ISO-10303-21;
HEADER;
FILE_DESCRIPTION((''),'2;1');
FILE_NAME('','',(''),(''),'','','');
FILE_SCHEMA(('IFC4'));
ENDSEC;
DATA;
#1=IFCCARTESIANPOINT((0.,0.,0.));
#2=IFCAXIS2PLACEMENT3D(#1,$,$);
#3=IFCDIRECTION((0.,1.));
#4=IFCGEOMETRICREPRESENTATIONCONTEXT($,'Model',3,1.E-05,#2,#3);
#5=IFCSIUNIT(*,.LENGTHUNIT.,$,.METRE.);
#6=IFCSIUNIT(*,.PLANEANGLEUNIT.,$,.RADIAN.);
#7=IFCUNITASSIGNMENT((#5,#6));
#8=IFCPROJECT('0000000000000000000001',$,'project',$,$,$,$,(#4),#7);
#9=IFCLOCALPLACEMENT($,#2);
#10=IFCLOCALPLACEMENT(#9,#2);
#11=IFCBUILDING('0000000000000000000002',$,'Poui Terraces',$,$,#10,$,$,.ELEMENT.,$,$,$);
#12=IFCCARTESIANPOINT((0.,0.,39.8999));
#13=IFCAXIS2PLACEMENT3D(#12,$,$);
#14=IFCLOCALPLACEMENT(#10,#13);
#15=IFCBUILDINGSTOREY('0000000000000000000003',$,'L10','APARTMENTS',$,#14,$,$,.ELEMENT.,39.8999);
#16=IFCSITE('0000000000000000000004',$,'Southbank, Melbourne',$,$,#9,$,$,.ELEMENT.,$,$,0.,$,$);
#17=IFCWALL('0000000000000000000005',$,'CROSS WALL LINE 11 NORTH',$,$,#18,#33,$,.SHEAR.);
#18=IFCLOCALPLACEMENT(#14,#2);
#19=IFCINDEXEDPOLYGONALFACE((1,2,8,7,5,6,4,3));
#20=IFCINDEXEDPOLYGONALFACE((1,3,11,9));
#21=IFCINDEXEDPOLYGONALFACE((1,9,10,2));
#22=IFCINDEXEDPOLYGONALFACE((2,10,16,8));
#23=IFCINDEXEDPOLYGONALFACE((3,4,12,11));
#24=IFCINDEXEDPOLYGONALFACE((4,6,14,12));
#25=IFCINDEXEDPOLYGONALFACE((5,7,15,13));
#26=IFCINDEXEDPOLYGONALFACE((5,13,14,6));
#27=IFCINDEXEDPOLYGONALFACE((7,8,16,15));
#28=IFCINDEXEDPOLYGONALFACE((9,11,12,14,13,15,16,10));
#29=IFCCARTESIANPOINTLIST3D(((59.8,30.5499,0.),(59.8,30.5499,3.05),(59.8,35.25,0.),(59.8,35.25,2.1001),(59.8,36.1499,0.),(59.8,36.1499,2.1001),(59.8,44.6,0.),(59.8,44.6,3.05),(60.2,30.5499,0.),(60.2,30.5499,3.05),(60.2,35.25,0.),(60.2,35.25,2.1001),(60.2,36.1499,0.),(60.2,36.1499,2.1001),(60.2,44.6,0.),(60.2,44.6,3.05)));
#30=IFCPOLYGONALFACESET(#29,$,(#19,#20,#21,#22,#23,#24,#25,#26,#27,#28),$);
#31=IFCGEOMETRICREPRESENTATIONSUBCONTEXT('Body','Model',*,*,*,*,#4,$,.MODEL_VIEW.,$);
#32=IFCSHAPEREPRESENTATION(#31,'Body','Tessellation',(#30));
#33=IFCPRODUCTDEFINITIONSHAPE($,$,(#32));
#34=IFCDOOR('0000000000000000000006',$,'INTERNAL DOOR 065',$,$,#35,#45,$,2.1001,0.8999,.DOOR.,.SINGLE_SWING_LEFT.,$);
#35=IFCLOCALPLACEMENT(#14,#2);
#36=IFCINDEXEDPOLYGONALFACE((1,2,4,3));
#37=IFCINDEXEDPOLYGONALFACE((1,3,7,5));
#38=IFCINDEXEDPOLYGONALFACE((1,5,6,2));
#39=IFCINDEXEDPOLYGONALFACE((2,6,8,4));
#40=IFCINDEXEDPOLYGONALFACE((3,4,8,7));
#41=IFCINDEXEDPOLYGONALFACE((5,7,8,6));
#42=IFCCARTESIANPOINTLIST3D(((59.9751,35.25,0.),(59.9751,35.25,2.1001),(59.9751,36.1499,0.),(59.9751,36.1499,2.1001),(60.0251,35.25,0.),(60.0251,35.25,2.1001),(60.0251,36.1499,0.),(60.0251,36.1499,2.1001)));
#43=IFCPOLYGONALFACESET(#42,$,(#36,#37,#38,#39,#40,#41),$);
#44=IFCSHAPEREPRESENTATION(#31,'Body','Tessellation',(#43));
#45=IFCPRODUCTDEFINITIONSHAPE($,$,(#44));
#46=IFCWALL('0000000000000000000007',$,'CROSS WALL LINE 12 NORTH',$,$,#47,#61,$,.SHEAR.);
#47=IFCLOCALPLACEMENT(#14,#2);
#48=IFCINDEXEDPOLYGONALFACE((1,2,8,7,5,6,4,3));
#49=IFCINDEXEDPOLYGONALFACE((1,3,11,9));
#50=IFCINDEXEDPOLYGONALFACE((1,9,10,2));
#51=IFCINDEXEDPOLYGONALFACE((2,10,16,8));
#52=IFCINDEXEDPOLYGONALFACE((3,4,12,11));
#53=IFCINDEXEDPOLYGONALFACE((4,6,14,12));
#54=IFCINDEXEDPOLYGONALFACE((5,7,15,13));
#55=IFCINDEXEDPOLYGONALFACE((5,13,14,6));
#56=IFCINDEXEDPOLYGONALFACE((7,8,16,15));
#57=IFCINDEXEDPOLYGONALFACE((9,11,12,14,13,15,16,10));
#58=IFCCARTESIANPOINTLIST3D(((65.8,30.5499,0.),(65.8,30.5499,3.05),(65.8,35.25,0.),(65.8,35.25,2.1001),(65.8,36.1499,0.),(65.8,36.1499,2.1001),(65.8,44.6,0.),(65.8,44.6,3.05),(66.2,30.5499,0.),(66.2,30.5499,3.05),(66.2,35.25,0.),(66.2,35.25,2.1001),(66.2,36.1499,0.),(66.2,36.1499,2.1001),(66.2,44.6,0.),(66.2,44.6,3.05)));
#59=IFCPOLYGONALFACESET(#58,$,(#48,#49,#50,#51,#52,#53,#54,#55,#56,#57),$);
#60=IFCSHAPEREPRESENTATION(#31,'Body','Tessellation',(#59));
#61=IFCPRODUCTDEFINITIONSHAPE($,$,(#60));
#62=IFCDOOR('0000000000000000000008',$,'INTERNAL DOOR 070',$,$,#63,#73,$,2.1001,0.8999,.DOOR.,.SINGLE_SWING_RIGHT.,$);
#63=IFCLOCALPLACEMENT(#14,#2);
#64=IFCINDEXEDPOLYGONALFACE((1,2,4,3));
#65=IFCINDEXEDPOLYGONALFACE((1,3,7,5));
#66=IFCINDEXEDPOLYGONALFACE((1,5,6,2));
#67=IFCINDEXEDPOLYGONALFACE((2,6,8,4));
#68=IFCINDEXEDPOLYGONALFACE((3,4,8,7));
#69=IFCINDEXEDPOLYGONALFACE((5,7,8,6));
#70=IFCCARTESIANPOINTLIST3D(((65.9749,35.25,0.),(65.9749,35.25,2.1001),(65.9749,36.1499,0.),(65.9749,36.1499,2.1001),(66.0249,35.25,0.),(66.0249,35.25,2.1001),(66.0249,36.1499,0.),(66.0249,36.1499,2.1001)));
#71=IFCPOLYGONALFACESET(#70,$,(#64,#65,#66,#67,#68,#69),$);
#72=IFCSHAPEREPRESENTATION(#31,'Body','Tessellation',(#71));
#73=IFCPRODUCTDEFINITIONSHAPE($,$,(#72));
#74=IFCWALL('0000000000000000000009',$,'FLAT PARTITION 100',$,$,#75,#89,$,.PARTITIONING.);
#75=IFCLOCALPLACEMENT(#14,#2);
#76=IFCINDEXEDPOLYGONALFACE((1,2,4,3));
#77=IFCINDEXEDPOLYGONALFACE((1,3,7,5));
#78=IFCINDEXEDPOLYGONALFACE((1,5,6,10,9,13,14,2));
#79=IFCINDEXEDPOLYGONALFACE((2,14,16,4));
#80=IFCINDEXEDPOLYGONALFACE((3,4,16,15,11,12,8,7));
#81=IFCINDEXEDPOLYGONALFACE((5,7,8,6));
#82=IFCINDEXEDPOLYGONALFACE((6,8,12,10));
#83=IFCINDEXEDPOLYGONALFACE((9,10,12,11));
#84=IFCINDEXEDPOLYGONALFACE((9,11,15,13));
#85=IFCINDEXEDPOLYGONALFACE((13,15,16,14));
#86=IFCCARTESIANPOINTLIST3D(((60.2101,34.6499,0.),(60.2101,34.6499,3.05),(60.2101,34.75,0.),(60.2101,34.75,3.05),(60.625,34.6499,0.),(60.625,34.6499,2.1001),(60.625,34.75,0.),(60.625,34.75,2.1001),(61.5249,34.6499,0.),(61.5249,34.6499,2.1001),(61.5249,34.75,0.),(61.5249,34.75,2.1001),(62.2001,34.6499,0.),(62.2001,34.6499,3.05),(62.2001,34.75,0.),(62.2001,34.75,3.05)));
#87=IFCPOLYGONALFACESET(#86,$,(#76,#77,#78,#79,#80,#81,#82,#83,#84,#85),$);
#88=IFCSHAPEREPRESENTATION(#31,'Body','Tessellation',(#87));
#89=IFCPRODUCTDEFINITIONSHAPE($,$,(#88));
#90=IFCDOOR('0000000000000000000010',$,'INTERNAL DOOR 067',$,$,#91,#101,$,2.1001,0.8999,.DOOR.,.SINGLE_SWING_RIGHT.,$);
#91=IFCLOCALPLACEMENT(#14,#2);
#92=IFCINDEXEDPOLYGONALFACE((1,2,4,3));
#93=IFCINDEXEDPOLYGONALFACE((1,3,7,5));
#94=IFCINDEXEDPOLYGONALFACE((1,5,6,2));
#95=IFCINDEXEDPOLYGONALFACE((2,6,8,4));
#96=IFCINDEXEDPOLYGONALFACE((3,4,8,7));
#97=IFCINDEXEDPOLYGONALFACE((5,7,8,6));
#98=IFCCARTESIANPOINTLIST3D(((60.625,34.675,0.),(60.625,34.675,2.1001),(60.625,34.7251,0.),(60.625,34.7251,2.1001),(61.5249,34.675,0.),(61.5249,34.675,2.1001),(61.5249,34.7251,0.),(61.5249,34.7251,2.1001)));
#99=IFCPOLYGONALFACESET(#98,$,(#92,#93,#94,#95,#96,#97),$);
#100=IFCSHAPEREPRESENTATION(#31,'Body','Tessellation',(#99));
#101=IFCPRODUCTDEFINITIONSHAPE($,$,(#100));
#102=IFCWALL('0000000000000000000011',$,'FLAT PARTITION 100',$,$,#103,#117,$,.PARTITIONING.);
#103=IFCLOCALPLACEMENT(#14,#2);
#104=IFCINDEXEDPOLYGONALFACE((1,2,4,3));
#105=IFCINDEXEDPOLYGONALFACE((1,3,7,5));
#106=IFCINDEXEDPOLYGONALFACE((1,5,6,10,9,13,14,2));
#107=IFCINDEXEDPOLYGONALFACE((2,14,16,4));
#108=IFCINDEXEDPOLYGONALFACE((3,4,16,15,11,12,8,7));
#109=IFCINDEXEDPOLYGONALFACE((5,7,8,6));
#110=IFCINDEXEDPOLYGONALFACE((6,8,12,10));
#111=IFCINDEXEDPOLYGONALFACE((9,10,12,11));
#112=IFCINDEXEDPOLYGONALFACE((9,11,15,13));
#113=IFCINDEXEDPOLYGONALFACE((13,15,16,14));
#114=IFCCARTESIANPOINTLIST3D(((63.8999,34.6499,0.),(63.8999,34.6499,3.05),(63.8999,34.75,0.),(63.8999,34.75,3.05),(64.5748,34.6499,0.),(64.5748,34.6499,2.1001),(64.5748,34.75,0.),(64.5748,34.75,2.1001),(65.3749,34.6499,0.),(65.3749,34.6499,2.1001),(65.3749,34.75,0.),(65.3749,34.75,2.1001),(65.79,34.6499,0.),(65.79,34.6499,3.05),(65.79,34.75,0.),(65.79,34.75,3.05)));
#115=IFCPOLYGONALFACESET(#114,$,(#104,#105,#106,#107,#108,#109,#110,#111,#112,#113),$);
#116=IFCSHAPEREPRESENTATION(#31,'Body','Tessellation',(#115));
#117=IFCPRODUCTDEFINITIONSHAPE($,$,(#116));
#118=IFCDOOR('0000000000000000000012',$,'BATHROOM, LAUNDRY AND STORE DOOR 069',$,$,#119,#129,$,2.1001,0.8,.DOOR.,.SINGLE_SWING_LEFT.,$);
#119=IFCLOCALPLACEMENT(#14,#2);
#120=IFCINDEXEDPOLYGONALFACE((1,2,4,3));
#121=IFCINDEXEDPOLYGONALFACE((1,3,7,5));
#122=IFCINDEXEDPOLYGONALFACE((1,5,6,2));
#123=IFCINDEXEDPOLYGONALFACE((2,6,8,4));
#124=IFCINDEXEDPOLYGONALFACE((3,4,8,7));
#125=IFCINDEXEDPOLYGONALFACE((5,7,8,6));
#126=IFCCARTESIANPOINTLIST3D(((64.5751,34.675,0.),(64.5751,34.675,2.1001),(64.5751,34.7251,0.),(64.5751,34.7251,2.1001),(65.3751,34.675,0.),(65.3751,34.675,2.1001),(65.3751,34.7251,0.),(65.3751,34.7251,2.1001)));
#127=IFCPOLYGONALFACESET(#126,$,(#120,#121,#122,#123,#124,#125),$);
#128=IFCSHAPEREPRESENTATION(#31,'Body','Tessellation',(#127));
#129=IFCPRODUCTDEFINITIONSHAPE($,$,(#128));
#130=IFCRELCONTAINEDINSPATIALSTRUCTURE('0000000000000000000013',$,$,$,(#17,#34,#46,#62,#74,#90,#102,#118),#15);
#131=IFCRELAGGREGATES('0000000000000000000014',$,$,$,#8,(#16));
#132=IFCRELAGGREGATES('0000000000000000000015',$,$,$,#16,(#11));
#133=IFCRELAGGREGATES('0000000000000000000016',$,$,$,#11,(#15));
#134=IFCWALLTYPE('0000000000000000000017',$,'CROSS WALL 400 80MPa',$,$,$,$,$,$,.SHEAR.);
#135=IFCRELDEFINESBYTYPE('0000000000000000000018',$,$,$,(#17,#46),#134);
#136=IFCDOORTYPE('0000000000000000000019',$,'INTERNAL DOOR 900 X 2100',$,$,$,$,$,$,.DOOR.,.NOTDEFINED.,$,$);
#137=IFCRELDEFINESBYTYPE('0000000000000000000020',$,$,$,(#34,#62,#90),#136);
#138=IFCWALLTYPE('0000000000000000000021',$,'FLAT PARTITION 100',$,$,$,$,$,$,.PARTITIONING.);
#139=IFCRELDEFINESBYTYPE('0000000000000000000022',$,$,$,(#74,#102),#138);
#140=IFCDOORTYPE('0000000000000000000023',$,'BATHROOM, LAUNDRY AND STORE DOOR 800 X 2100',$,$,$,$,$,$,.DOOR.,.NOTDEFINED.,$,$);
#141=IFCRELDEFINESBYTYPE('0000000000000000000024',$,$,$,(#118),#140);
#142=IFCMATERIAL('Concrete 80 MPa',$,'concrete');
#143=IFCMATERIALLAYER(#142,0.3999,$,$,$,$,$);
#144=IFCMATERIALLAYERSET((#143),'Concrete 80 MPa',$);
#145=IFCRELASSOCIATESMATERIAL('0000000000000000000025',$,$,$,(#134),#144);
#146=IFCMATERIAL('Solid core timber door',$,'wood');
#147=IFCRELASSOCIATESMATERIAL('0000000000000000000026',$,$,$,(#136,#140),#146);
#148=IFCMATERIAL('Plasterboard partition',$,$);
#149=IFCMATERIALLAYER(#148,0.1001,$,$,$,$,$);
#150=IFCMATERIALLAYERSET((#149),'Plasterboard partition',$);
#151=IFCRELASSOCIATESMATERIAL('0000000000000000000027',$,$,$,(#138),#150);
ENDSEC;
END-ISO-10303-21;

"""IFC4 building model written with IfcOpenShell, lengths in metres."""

from ifc_helpers import new_model, si_unit, direction, frame, frame_2d, origin, place, context, subcontext, project, spatial, rectangle, extrude, material, layer, layer_set, type_object, element, fill, save


model = new_model("IFC4")

# Units and contexts
model_context = context("Model", 3, precision=1e-05, world=origin(), true_north=direction((0.0, 1.0)))
body_context = subcontext(model_context, "Body", "Model", "MODEL_VIEW")
ifc_project = project(units=[si_unit("LENGTHUNIT", "METRE"), si_unit("PLANEANGLEUNIT", "RADIAN")], contexts=[model_context])

# Site, building, storey
site_placement = place(None, origin())
site = spatial("IfcSite", under=ifc_project, at=site_placement, Name="Southbank, Melbourne", CompositionType="ELEMENT", RefElevation=0.0)
building_placement = place(site_placement, origin())
building = spatial("IfcBuilding", under=site, at=building_placement, Name="Poui Terraces", CompositionType="ELEMENT")
storey_placement = place(building_placement, frame((0.0, 0.0, 39.8999)))
storey = spatial("IfcBuildingStorey", under=building, at=storey_placement, Name="L10", Description="APARTMENTS", CompositionType="ELEMENT", Elevation=39.8999)

# Walls, openings, doors
ifc_material_1 = material(Name="Concrete 80 MPa", Category="concrete")
ifc_layer_1 = layer(ifc_material_1, 0.3999)
ifc_layer_set_1 = layer_set([ifc_layer_1], Name="Concrete 80 MPa")
wall_type_1 = type_object("IfcWallType", Name="CROSS WALL 400 80MPa", PredefinedType="SHEAR", material=ifc_layer_set_1)
wall_1_placement = place(storey_placement, frame((60.0, 30.55, 0.0), z_axis=(0.0, 0.0, 1.0), x_axis=(0.0, 1.0, 0.0)))
wall_1 = element("IfcWall", 1, at=wall_1_placement, inside=storey, type_object=wall_type_1, Name="CROSS WALL LINE 11 NORTH", PredefinedType="SHEAR", context=body_context, shape_type="SweptSolid", body=[
    extrude(rectangle(XDim=14.05, YDim=0.3999, at=frame_2d((7.0249, 0.0))), origin(), (0.0, 0.0, 1.0), 3.05),
])
opening_1_placement = place(wall_1_placement, frame((4.7, 0.0, 0.0)))
opening_1 = element("IfcOpeningElement", 2, at=opening_1_placement, cuts=wall_1, PredefinedType="OPENING", context=body_context, shape_type="SweptSolid", body=[
    extrude(rectangle(XDim=0.8999, YDim=2.1001, at=frame_2d((0.45, 1.05))), frame((0.0, 0.21, 0.0), z_axis=(0.0, -1.0, 0.0), x_axis=(1.0, 0.0, 0.0)), (0.0, 0.0, 1.0), 0.4199),
])
ifc_material_2 = material(Name="Solid core timber door", Category="wood")
door_type_1 = type_object("IfcDoorType", Name="INTERNAL DOOR 900 X 2100", OperationType="NOTDEFINED", PredefinedType="DOOR", material=ifc_material_2)
door_1_placement = place(opening_1_placement, origin())
door_1 = element("IfcDoor", 3, at=door_1_placement, inside=storey, type_object=door_type_1, Name="INTERNAL DOOR 065", OperationType="SINGLE_SWING_LEFT", OverallHeight=2.1001, OverallWidth=0.8999, PredefinedType="DOOR", context=body_context, shape_type="SweptSolid", body=[
    extrude(rectangle(XDim=0.8999, YDim=2.1001, at=frame_2d((0.45, 1.05))), frame((0.0, 0.0249, 0.0), z_axis=(0.0, -1.0, 0.0), x_axis=(1.0, 0.0, 0.0)), (0.0, 0.0, 1.0), 0.05),
])
fill(opening_1, door_1)
wall_2_placement = place(storey_placement, frame((66.0, 30.55, 0.0), z_axis=(0.0, 0.0, 1.0), x_axis=(0.0, 1.0, 0.0)))
wall_2 = element("IfcWall", 4, at=wall_2_placement, inside=storey, type_object=wall_type_1, Name="CROSS WALL LINE 12 NORTH", PredefinedType="SHEAR", context=body_context, shape_type="SweptSolid", body=[
    extrude(rectangle(XDim=14.05, YDim=0.3999, at=frame_2d((7.0249, 0.0))), origin(), (0.0, 0.0, 1.0), 3.05),
])
opening_2_placement = place(wall_2_placement, frame((4.7, 0.0, 0.0)))
opening_2 = element("IfcOpeningElement", 5, at=opening_2_placement, cuts=wall_2, PredefinedType="OPENING", context=body_context, shape_type="SweptSolid", body=[
    extrude(rectangle(XDim=0.8999, YDim=2.1001, at=frame_2d((0.45, 1.05))), frame((0.0, 0.21, 0.0), z_axis=(0.0, -1.0, 0.0), x_axis=(1.0, 0.0, 0.0)), (0.0, 0.0, 1.0), 0.4199),
])
door_2_placement = place(opening_2_placement, frame((0.8999, 0.0, 0.0), z_axis=(0.0, 0.0, 1.0), x_axis=(-1.0, 0.0, 0.0)))
door_2 = element("IfcDoor", 6, at=door_2_placement, inside=storey, type_object=door_type_1, Name="INTERNAL DOOR 070", OperationType="SINGLE_SWING_RIGHT", OverallHeight=2.1001, OverallWidth=0.8999, PredefinedType="DOOR", context=body_context, shape_type="SweptSolid", body=[
    extrude(rectangle(XDim=0.8999, YDim=2.1001, at=frame_2d((0.45, 1.05))), frame((0.0, 0.0249, 0.0), z_axis=(0.0, -1.0, 0.0), x_axis=(1.0, 0.0, 0.0)), (0.0, 0.0, 1.0), 0.05),
])
fill(opening_2, door_2)
ifc_material_3 = material(Name="Plasterboard partition")
ifc_layer_2 = layer(ifc_material_3, 0.1001)
ifc_layer_set_2 = layer_set([ifc_layer_2], Name="Plasterboard partition")
wall_type_2 = type_object("IfcWallType", Name="FLAT PARTITION 100", PredefinedType="PARTITIONING", material=ifc_layer_set_2)
wall_3_placement = place(storey_placement, frame((60.21, 34.7, 0.0), z_axis=(0.0, 0.0, 1.0), x_axis=(1.0, 0.0, 0.0)))
wall_3 = element("IfcWall", 7, at=wall_3_placement, inside=storey, type_object=wall_type_2, Name="FLAT PARTITION 100", PredefinedType="PARTITIONING", context=body_context, shape_type="SweptSolid", body=[
    extrude(rectangle(XDim=1.99, YDim=0.1001, at=frame_2d((0.9951, 0.0))), origin(), (0.0, 0.0, 1.0), 3.05),
])
opening_3_placement = place(wall_3_placement, frame((0.415, 0.0, 0.0)))
opening_3 = element("IfcOpeningElement", 8, at=opening_3_placement, cuts=wall_3, PredefinedType="OPENING", context=body_context, shape_type="SweptSolid", body=[
    extrude(rectangle(XDim=0.8999, YDim=2.1001, at=frame_2d((0.45, 1.05))), frame((0.0, 0.0601, 0.0), z_axis=(0.0, -1.0, 0.0), x_axis=(1.0, 0.0, 0.0)), (0.0, 0.0, 1.0), 0.1201),
])
door_3_placement = place(opening_3_placement, frame((0.8999, 0.0, 0.0), z_axis=(0.0, 0.0, 1.0), x_axis=(-1.0, 0.0, 0.0)))
door_3 = element("IfcDoor", 9, at=door_3_placement, inside=storey, type_object=door_type_1, Name="INTERNAL DOOR 067", OperationType="SINGLE_SWING_RIGHT", OverallHeight=2.1001, OverallWidth=0.8999, PredefinedType="DOOR", context=body_context, shape_type="SweptSolid", body=[
    extrude(rectangle(XDim=0.8999, YDim=2.1001, at=frame_2d((0.45, 1.05))), frame((0.0, 0.0249, 0.0), z_axis=(0.0, -1.0, 0.0), x_axis=(1.0, 0.0, 0.0)), (0.0, 0.0, 1.0), 0.05),
])
fill(opening_3, door_3)
wall_4_placement = place(storey_placement, frame((63.8999, 34.7, 0.0), z_axis=(0.0, 0.0, 1.0), x_axis=(1.0, 0.0, 0.0)))
wall_4 = element("IfcWall", 10, at=wall_4_placement, inside=storey, type_object=wall_type_2, Name="FLAT PARTITION 100", PredefinedType="PARTITIONING", context=body_context, shape_type="SweptSolid", body=[
    extrude(rectangle(XDim=1.8901, YDim=0.1001, at=frame_2d((0.9451, 0.0))), origin(), (0.0, 0.0, 1.0), 3.05),
])
opening_4_placement = place(wall_4_placement, frame((0.675, 0.0, 0.0)))
opening_4 = element("IfcOpeningElement", 11, at=opening_4_placement, cuts=wall_4, PredefinedType="OPENING", context=body_context, shape_type="SweptSolid", body=[
    extrude(rectangle(XDim=0.8, YDim=2.1001, at=frame_2d((0.3999, 1.05))), frame((0.0, 0.0601, 0.0), z_axis=(0.0, -1.0, 0.0), x_axis=(1.0, 0.0, 0.0)), (0.0, 0.0, 1.0), 0.1201),
])
door_type_2 = type_object("IfcDoorType", Name="BATHROOM, LAUNDRY AND STORE DOOR 800 X 2100", OperationType="NOTDEFINED", PredefinedType="DOOR", material=ifc_material_2)
door_4_placement = place(opening_4_placement, frame((0.8, 0.0, 0.0), z_axis=(0.0, 0.0, 1.0), x_axis=(-1.0, 0.0, 0.0)))
door_4 = element("IfcDoor", 12, at=door_4_placement, inside=storey, type_object=door_type_2, Name="BATHROOM, LAUNDRY AND STORE DOOR 069", OperationType="SINGLE_SWING_LEFT", OverallHeight=2.1001, OverallWidth=0.8, PredefinedType="DOOR", context=body_context, shape_type="SweptSolid", body=[
    extrude(rectangle(XDim=0.8, YDim=2.1001, at=frame_2d((0.3999, 1.05))), frame((0.0, 0.0249, 0.0), z_axis=(0.0, -1.0, 0.0), x_axis=(1.0, 0.0, 0.0)), (0.0, 0.0, 1.0), 0.05),
])
fill(opening_4, door_4)

save(model, "model.ifc")
